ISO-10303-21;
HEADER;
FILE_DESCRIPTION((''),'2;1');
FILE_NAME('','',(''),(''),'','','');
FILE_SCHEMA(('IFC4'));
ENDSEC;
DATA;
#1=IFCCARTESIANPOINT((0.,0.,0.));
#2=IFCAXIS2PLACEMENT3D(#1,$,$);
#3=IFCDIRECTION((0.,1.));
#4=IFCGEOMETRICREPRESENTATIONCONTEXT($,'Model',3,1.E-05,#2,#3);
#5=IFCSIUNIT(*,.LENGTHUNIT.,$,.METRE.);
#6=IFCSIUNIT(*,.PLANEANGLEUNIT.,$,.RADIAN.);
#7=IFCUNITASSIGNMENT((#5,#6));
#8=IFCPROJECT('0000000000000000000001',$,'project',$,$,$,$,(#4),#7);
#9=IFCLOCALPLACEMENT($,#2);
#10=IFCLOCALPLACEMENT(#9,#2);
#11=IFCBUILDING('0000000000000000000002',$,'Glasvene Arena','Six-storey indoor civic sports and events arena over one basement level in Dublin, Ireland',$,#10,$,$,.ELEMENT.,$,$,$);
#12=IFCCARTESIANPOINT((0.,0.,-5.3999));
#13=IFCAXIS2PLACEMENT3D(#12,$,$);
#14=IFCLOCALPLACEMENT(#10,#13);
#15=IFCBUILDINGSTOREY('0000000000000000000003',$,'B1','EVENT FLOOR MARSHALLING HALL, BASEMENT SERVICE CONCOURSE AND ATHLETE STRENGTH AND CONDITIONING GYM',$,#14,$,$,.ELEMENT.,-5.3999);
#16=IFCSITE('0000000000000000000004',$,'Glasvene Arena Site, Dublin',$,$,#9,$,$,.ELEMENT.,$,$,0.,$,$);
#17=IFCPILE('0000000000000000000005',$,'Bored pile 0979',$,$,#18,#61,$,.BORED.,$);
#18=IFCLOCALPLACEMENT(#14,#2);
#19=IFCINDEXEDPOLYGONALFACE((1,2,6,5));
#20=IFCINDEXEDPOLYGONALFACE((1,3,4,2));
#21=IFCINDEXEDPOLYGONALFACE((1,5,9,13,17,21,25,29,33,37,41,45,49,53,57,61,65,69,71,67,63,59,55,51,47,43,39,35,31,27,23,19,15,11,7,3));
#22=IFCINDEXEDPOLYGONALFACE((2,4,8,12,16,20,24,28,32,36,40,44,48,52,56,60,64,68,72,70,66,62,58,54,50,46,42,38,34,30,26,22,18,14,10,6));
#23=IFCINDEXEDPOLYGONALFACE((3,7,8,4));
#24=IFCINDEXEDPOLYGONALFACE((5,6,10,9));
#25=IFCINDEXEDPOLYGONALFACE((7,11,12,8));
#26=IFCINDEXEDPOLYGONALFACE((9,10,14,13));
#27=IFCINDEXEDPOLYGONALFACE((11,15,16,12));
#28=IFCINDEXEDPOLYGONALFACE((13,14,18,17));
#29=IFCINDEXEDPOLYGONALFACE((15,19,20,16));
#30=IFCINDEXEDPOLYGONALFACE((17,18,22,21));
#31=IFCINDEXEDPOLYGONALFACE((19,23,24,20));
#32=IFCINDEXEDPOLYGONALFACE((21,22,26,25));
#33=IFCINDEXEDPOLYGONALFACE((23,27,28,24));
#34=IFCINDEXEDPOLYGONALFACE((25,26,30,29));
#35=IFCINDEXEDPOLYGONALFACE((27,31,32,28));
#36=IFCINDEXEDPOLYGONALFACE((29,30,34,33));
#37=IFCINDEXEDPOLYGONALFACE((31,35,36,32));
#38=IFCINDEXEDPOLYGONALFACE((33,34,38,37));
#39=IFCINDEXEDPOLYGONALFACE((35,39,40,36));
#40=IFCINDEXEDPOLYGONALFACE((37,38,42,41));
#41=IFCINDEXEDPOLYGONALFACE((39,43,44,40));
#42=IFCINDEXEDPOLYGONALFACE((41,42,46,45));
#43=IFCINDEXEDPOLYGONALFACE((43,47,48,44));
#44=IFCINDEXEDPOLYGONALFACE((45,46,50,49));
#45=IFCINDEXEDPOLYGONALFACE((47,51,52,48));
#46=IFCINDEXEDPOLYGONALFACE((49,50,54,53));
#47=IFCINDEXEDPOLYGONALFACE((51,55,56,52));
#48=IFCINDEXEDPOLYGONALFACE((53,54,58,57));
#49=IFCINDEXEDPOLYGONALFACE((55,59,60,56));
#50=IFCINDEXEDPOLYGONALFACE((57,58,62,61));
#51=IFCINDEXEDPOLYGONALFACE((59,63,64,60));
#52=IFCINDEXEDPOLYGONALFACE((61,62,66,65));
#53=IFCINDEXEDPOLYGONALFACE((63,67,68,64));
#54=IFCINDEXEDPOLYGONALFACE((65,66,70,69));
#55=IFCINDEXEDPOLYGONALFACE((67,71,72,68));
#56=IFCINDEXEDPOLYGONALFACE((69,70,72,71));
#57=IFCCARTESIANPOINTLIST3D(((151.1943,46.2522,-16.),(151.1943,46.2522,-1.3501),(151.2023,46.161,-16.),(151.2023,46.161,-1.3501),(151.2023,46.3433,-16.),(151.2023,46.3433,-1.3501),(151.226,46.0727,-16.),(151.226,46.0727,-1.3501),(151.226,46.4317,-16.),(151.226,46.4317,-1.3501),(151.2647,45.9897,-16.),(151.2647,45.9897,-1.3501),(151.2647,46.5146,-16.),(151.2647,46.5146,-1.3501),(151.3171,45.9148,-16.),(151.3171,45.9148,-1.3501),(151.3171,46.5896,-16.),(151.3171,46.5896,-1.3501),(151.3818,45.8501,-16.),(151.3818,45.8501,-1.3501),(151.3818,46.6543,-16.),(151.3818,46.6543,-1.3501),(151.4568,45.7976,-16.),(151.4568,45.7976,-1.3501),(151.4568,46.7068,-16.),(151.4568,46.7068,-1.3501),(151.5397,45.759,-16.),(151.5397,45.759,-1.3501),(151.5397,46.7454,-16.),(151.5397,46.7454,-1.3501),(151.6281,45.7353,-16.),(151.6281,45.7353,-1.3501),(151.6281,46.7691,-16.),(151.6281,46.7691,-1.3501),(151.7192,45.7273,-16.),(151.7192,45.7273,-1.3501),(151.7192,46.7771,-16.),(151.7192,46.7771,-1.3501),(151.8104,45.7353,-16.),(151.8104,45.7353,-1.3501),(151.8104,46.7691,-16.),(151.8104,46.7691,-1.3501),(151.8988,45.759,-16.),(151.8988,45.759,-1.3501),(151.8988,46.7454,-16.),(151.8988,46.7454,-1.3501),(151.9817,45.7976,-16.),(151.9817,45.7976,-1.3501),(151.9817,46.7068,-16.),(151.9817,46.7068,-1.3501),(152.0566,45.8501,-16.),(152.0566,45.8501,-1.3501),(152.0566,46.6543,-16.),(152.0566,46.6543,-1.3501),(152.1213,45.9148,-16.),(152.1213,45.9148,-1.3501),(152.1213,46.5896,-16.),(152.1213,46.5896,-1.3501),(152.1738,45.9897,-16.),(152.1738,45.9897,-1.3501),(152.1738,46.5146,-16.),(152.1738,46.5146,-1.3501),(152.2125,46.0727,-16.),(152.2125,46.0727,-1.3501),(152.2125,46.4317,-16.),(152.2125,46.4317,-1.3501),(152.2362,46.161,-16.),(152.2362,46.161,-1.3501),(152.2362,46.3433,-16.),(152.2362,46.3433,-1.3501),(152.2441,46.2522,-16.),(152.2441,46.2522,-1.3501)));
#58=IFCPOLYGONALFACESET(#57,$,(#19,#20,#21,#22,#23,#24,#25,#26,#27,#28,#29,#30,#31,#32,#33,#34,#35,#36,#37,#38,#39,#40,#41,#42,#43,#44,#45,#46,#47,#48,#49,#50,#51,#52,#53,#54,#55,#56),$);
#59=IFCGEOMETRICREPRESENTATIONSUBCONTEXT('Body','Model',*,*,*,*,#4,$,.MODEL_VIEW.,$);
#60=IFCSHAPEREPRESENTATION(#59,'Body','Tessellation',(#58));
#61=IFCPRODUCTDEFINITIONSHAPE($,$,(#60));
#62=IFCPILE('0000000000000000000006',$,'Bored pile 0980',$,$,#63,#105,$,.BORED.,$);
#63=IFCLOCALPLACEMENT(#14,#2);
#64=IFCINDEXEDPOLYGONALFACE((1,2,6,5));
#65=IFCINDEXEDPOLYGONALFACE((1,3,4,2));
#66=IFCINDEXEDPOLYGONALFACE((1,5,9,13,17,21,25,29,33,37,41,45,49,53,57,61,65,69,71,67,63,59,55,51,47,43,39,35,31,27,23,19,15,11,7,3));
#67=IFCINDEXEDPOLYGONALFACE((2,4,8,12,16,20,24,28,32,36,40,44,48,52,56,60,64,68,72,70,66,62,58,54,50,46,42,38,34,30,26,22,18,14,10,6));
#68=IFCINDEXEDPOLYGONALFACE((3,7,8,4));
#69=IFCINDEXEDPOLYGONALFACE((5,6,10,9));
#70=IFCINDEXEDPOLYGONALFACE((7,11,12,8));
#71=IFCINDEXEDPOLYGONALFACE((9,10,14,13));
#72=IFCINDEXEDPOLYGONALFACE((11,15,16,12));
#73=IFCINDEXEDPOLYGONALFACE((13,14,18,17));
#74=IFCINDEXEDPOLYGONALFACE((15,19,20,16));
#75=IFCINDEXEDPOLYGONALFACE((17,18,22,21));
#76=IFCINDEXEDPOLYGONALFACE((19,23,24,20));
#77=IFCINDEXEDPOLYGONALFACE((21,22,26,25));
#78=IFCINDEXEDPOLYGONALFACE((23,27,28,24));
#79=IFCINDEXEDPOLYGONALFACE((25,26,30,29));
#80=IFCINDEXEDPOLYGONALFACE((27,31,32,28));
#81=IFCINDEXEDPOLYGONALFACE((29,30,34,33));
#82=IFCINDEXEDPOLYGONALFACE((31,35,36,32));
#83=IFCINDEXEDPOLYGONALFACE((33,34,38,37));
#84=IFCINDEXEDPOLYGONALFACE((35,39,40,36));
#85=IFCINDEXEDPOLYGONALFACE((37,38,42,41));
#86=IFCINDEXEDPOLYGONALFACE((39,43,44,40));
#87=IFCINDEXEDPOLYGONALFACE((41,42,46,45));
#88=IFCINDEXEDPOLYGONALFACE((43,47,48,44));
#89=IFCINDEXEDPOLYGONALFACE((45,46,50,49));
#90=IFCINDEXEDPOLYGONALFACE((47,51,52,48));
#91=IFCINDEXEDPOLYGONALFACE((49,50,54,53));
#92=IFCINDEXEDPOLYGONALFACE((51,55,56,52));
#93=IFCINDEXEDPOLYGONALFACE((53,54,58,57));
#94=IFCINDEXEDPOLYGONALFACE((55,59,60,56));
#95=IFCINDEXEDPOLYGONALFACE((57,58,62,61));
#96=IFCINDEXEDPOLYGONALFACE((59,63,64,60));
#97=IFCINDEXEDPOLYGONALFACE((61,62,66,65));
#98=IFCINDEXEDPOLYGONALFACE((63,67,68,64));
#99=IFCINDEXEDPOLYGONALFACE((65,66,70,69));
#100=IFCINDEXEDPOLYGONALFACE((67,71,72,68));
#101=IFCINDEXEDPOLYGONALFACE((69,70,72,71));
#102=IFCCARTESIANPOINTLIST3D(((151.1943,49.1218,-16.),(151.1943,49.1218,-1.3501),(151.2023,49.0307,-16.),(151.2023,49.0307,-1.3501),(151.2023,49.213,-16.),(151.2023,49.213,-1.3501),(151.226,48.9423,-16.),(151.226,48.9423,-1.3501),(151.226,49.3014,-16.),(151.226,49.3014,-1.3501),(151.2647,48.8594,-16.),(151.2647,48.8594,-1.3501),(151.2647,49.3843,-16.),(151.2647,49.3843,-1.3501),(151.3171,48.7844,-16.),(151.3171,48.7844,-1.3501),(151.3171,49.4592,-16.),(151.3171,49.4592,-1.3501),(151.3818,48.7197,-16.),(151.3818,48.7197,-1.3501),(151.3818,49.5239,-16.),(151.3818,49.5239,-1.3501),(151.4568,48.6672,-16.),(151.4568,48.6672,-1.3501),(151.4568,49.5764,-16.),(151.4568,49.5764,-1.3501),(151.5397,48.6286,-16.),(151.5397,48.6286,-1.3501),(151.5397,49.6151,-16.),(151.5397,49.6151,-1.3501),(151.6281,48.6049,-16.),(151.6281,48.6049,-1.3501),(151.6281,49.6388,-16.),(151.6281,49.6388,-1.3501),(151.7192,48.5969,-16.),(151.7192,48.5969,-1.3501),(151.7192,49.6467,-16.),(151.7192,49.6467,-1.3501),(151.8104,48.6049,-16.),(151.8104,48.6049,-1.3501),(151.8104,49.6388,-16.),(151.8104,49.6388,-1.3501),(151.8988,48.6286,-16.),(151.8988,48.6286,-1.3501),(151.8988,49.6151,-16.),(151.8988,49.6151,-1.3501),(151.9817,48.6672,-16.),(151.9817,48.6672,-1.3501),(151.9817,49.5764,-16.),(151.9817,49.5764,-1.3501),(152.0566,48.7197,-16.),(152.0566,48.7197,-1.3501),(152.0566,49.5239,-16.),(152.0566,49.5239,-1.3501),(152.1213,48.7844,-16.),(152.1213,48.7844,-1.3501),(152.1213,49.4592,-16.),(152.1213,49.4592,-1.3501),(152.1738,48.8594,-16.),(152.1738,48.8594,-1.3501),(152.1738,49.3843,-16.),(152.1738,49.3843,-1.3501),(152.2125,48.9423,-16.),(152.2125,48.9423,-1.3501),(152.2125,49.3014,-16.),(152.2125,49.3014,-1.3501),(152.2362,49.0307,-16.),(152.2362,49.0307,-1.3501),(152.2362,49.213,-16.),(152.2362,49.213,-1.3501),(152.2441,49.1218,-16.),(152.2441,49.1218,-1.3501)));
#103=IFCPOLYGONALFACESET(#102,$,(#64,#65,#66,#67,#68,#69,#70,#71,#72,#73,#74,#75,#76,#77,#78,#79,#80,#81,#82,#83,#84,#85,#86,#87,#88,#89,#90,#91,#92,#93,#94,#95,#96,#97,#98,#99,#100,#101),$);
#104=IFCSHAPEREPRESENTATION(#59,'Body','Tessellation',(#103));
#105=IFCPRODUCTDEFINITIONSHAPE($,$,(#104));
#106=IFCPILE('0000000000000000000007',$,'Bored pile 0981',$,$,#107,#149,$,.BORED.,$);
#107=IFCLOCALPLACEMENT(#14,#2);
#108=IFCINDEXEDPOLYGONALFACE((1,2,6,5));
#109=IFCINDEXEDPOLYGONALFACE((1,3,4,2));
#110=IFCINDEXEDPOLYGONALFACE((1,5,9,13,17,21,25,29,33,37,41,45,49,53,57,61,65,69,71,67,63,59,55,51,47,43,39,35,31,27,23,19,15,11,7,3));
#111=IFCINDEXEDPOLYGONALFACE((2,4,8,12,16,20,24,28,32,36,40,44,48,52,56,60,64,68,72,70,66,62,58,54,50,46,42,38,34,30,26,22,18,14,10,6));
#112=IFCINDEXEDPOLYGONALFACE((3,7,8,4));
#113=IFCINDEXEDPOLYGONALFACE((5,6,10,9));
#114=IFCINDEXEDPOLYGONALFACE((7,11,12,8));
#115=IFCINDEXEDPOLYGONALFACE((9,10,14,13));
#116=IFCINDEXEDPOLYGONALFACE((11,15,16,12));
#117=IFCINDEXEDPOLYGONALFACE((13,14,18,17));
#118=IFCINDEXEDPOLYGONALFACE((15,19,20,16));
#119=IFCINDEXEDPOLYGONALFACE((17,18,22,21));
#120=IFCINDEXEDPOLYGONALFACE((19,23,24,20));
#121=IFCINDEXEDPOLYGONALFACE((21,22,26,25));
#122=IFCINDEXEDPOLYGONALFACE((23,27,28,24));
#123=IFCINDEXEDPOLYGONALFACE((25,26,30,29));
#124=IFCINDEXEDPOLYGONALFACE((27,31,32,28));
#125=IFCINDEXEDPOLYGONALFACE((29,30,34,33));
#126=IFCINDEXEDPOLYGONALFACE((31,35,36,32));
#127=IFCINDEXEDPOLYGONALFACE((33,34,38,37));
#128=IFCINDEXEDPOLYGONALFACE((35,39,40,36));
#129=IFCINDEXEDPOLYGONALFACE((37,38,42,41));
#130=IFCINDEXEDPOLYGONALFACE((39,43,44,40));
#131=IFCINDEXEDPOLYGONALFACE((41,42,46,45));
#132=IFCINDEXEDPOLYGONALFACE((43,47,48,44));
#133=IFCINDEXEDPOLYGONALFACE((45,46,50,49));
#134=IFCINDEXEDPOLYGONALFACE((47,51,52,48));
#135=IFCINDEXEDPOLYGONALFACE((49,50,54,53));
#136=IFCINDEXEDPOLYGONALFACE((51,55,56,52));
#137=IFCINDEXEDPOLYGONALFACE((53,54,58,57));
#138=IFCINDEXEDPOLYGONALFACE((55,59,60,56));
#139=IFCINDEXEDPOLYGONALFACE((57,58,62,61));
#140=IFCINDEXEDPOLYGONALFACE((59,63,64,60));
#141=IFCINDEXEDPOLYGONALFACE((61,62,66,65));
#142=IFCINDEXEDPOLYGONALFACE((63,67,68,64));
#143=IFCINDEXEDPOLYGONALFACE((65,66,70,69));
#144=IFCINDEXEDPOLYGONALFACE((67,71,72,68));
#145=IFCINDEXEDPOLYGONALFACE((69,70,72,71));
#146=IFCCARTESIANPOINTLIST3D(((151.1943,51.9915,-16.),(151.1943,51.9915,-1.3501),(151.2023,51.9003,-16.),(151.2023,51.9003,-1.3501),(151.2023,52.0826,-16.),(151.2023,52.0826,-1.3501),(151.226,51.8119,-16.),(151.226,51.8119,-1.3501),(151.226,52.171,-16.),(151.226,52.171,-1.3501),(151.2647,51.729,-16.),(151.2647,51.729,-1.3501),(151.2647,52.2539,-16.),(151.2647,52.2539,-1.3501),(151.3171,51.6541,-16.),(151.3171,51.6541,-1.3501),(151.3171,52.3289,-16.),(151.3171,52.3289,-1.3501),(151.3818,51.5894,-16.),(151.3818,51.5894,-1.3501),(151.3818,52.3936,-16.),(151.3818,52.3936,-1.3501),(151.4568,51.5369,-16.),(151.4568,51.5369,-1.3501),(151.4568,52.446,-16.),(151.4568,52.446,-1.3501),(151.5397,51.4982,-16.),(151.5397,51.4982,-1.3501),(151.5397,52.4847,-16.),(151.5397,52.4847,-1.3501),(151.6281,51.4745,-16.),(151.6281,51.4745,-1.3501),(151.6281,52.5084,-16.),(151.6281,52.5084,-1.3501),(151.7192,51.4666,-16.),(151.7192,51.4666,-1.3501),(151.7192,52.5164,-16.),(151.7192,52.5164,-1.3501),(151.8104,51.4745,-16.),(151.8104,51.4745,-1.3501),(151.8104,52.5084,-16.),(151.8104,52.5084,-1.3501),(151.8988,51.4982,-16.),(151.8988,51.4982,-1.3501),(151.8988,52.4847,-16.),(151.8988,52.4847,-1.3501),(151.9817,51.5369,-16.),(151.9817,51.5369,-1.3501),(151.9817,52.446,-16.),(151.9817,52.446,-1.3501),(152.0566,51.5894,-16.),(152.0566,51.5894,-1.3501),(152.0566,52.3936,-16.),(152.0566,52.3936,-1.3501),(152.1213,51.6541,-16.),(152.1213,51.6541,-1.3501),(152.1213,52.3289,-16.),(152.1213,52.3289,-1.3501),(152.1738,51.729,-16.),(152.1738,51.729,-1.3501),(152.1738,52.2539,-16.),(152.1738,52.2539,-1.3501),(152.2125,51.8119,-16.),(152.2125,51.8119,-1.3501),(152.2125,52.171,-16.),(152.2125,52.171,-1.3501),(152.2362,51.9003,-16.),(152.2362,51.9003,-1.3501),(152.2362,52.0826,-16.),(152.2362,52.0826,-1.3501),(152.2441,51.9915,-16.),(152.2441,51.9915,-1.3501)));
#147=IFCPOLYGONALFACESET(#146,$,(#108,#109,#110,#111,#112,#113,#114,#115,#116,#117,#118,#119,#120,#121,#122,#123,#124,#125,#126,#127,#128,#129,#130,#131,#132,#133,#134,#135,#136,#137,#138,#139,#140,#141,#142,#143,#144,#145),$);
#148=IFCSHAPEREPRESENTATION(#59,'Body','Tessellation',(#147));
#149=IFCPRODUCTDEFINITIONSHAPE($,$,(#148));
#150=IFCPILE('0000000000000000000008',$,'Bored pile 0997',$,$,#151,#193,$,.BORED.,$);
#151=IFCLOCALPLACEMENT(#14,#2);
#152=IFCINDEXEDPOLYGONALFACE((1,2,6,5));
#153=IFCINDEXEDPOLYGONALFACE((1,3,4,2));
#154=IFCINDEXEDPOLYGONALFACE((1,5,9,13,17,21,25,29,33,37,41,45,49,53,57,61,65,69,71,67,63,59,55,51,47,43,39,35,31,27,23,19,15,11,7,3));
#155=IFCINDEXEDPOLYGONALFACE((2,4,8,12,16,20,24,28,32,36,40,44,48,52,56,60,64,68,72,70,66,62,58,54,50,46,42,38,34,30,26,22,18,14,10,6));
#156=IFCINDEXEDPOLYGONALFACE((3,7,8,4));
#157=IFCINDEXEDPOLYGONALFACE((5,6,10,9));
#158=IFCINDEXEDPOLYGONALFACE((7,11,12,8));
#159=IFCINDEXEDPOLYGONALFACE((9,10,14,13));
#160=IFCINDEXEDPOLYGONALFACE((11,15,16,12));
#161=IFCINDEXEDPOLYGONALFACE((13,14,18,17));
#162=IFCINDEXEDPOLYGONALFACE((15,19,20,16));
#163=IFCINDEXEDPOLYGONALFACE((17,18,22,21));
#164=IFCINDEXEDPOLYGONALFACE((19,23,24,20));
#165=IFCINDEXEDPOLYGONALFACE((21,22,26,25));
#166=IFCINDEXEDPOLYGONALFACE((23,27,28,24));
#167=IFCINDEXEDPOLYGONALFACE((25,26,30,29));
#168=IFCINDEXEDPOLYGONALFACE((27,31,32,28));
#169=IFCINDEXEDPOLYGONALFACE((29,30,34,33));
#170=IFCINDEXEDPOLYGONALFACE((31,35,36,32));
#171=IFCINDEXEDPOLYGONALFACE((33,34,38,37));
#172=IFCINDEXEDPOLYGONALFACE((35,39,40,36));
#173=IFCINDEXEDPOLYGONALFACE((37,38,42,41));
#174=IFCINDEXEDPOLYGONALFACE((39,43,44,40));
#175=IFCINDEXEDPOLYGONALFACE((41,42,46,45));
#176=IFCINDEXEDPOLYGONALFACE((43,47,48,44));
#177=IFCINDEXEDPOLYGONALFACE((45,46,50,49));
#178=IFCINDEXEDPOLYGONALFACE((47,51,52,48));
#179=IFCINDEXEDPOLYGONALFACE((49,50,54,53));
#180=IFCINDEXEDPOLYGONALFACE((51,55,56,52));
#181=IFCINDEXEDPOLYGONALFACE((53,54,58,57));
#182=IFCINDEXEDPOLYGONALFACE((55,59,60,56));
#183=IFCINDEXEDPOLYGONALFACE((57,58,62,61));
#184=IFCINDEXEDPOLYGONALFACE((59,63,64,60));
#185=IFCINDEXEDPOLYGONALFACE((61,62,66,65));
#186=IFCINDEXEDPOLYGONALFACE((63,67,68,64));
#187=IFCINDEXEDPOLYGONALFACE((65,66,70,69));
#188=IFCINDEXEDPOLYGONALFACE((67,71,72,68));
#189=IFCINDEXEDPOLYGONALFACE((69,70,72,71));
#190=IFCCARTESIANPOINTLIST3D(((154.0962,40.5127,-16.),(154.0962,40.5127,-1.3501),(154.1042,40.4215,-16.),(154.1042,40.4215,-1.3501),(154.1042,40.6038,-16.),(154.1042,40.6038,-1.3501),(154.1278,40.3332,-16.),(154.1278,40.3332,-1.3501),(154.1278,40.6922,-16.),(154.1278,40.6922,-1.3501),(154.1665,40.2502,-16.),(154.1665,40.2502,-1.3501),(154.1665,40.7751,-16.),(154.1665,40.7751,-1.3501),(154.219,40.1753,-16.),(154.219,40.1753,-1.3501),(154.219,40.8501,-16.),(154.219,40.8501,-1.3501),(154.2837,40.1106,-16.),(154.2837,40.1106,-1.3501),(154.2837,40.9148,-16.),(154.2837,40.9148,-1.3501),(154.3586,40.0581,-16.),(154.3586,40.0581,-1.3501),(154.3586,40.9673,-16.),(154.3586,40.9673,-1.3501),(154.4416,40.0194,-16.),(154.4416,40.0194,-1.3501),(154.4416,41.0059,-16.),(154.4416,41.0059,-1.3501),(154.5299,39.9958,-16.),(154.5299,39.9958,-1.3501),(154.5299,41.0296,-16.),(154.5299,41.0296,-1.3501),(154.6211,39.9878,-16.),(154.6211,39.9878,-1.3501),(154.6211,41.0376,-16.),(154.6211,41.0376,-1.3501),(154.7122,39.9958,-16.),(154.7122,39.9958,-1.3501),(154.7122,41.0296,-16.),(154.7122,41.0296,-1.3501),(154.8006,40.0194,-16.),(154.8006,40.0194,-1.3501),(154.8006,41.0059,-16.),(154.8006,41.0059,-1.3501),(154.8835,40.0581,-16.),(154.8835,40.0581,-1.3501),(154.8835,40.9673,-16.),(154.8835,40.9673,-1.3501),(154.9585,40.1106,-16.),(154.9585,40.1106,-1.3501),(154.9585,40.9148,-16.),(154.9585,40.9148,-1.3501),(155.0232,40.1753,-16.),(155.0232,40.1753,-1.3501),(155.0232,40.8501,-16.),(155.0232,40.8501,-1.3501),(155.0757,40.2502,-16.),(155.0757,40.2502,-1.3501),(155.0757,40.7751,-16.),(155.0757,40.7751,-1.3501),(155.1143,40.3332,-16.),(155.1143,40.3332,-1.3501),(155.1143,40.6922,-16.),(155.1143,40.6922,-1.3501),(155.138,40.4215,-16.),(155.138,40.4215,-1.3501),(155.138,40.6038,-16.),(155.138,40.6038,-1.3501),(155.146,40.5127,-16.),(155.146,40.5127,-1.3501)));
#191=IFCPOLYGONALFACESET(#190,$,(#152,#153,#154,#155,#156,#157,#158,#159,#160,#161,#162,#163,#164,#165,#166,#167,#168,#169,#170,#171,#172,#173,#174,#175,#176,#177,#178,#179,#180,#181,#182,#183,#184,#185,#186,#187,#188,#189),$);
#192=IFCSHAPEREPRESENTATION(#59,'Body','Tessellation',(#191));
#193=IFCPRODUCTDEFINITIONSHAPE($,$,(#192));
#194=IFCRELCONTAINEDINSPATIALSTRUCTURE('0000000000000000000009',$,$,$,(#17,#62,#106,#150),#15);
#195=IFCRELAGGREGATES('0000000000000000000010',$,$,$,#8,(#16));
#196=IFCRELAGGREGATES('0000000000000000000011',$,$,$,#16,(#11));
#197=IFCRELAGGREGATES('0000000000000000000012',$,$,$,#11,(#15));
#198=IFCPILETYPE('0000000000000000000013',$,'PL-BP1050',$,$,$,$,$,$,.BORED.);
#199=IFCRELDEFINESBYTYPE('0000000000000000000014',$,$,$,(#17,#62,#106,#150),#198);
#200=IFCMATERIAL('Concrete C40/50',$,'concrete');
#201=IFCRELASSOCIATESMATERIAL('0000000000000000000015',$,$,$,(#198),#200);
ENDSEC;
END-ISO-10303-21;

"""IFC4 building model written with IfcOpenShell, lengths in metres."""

from ifc_helpers import new_model, si_unit, direction, frame, origin, origin_2d, place, context, subcontext, project, spatial, circle, extrude, material, material_profile, profile_set, type_object, element, save


model = new_model("IFC4")

# Units and contexts
model_context = context("Model", 3, precision=1e-05, world=origin(), true_north=direction((0.0, 1.0)))
body_context = subcontext(model_context, "Body", "Model", "MODEL_VIEW")
ifc_project = project(units=[si_unit("LENGTHUNIT", "METRE"), si_unit("PLANEANGLEUNIT", "RADIAN")], contexts=[model_context])

# Site, building, storey
site_placement = place(None, origin())
site = spatial("IfcSite", under=ifc_project, at=site_placement, Name="Glasvene Arena Site, Dublin", CompositionType="ELEMENT", RefElevation=0.0)
building_placement = place(site_placement, origin())
building = spatial("IfcBuilding", under=site, at=building_placement, Name="Glasvene Arena", Description="Six-storey indoor civic sports and events arena over one basement level in Dublin, Ireland", CompositionType="ELEMENT")
storey_placement = place(building_placement, frame((0.0, 0.0, -5.3999)))
storey = spatial("IfcBuildingStorey", under=building, at=storey_placement, Name="B1", Description="EVENT FLOOR MARSHALLING HALL, BASEMENT SERVICE CONCOURSE AND ATHLETE STRENGTH AND CONDITIONING GYM", CompositionType="ELEMENT", Elevation=-5.3999)

# Piles
ifc_material_1 = material(Name="Concrete C40/50", Category="concrete")
ifc_material_profile_1 = material_profile(ifc_material_1, circle(Radius=0.5249, at=origin_2d()), Name="BORED PILE 1050")
ifc_profile_set_1 = profile_set([ifc_material_profile_1], Name="Concrete C40/50")
pile_type = type_object("IfcPileType", Name="PL-BP1050", PredefinedType="BORED", material=ifc_profile_set_1)
for number, where, z_axis, x_axis, name in (
    (1, (151.7192, 46.2522, -1.3501), (0.0, 0.0, -1.0), (1.0, 0.0, 0.0), "Bored pile 0979"),
    (2, (151.7192, 49.1218, -1.3501), (0.0, 0.0, -1.0), (1.0, 0.0, 0.0), "Bored pile 0980"),
    (3, (151.7192, 51.9915, -1.3501), (0.0, 0.0, -1.0), (1.0, 0.0, 0.0), "Bored pile 0981"),
    (4, (154.6211, 40.5127, -1.3501), (0.0, 0.0, -1.0), (1.0, 0.0, 0.0), "Bored pile 0997"),
):
    element("IfcPile", number, at=place(storey_placement, frame(where, z_axis=z_axis, x_axis=x_axis)), inside=storey, type_object=pile_type, Name=name, PredefinedType="BORED", context=body_context, shape_type="SweptSolid", body=[
        extrude(circle(Radius=0.5249, at=origin_2d()), origin(), (0.0, 0.0, 1.0), 14.6499),
    ])

save(model, "model.ifc")
